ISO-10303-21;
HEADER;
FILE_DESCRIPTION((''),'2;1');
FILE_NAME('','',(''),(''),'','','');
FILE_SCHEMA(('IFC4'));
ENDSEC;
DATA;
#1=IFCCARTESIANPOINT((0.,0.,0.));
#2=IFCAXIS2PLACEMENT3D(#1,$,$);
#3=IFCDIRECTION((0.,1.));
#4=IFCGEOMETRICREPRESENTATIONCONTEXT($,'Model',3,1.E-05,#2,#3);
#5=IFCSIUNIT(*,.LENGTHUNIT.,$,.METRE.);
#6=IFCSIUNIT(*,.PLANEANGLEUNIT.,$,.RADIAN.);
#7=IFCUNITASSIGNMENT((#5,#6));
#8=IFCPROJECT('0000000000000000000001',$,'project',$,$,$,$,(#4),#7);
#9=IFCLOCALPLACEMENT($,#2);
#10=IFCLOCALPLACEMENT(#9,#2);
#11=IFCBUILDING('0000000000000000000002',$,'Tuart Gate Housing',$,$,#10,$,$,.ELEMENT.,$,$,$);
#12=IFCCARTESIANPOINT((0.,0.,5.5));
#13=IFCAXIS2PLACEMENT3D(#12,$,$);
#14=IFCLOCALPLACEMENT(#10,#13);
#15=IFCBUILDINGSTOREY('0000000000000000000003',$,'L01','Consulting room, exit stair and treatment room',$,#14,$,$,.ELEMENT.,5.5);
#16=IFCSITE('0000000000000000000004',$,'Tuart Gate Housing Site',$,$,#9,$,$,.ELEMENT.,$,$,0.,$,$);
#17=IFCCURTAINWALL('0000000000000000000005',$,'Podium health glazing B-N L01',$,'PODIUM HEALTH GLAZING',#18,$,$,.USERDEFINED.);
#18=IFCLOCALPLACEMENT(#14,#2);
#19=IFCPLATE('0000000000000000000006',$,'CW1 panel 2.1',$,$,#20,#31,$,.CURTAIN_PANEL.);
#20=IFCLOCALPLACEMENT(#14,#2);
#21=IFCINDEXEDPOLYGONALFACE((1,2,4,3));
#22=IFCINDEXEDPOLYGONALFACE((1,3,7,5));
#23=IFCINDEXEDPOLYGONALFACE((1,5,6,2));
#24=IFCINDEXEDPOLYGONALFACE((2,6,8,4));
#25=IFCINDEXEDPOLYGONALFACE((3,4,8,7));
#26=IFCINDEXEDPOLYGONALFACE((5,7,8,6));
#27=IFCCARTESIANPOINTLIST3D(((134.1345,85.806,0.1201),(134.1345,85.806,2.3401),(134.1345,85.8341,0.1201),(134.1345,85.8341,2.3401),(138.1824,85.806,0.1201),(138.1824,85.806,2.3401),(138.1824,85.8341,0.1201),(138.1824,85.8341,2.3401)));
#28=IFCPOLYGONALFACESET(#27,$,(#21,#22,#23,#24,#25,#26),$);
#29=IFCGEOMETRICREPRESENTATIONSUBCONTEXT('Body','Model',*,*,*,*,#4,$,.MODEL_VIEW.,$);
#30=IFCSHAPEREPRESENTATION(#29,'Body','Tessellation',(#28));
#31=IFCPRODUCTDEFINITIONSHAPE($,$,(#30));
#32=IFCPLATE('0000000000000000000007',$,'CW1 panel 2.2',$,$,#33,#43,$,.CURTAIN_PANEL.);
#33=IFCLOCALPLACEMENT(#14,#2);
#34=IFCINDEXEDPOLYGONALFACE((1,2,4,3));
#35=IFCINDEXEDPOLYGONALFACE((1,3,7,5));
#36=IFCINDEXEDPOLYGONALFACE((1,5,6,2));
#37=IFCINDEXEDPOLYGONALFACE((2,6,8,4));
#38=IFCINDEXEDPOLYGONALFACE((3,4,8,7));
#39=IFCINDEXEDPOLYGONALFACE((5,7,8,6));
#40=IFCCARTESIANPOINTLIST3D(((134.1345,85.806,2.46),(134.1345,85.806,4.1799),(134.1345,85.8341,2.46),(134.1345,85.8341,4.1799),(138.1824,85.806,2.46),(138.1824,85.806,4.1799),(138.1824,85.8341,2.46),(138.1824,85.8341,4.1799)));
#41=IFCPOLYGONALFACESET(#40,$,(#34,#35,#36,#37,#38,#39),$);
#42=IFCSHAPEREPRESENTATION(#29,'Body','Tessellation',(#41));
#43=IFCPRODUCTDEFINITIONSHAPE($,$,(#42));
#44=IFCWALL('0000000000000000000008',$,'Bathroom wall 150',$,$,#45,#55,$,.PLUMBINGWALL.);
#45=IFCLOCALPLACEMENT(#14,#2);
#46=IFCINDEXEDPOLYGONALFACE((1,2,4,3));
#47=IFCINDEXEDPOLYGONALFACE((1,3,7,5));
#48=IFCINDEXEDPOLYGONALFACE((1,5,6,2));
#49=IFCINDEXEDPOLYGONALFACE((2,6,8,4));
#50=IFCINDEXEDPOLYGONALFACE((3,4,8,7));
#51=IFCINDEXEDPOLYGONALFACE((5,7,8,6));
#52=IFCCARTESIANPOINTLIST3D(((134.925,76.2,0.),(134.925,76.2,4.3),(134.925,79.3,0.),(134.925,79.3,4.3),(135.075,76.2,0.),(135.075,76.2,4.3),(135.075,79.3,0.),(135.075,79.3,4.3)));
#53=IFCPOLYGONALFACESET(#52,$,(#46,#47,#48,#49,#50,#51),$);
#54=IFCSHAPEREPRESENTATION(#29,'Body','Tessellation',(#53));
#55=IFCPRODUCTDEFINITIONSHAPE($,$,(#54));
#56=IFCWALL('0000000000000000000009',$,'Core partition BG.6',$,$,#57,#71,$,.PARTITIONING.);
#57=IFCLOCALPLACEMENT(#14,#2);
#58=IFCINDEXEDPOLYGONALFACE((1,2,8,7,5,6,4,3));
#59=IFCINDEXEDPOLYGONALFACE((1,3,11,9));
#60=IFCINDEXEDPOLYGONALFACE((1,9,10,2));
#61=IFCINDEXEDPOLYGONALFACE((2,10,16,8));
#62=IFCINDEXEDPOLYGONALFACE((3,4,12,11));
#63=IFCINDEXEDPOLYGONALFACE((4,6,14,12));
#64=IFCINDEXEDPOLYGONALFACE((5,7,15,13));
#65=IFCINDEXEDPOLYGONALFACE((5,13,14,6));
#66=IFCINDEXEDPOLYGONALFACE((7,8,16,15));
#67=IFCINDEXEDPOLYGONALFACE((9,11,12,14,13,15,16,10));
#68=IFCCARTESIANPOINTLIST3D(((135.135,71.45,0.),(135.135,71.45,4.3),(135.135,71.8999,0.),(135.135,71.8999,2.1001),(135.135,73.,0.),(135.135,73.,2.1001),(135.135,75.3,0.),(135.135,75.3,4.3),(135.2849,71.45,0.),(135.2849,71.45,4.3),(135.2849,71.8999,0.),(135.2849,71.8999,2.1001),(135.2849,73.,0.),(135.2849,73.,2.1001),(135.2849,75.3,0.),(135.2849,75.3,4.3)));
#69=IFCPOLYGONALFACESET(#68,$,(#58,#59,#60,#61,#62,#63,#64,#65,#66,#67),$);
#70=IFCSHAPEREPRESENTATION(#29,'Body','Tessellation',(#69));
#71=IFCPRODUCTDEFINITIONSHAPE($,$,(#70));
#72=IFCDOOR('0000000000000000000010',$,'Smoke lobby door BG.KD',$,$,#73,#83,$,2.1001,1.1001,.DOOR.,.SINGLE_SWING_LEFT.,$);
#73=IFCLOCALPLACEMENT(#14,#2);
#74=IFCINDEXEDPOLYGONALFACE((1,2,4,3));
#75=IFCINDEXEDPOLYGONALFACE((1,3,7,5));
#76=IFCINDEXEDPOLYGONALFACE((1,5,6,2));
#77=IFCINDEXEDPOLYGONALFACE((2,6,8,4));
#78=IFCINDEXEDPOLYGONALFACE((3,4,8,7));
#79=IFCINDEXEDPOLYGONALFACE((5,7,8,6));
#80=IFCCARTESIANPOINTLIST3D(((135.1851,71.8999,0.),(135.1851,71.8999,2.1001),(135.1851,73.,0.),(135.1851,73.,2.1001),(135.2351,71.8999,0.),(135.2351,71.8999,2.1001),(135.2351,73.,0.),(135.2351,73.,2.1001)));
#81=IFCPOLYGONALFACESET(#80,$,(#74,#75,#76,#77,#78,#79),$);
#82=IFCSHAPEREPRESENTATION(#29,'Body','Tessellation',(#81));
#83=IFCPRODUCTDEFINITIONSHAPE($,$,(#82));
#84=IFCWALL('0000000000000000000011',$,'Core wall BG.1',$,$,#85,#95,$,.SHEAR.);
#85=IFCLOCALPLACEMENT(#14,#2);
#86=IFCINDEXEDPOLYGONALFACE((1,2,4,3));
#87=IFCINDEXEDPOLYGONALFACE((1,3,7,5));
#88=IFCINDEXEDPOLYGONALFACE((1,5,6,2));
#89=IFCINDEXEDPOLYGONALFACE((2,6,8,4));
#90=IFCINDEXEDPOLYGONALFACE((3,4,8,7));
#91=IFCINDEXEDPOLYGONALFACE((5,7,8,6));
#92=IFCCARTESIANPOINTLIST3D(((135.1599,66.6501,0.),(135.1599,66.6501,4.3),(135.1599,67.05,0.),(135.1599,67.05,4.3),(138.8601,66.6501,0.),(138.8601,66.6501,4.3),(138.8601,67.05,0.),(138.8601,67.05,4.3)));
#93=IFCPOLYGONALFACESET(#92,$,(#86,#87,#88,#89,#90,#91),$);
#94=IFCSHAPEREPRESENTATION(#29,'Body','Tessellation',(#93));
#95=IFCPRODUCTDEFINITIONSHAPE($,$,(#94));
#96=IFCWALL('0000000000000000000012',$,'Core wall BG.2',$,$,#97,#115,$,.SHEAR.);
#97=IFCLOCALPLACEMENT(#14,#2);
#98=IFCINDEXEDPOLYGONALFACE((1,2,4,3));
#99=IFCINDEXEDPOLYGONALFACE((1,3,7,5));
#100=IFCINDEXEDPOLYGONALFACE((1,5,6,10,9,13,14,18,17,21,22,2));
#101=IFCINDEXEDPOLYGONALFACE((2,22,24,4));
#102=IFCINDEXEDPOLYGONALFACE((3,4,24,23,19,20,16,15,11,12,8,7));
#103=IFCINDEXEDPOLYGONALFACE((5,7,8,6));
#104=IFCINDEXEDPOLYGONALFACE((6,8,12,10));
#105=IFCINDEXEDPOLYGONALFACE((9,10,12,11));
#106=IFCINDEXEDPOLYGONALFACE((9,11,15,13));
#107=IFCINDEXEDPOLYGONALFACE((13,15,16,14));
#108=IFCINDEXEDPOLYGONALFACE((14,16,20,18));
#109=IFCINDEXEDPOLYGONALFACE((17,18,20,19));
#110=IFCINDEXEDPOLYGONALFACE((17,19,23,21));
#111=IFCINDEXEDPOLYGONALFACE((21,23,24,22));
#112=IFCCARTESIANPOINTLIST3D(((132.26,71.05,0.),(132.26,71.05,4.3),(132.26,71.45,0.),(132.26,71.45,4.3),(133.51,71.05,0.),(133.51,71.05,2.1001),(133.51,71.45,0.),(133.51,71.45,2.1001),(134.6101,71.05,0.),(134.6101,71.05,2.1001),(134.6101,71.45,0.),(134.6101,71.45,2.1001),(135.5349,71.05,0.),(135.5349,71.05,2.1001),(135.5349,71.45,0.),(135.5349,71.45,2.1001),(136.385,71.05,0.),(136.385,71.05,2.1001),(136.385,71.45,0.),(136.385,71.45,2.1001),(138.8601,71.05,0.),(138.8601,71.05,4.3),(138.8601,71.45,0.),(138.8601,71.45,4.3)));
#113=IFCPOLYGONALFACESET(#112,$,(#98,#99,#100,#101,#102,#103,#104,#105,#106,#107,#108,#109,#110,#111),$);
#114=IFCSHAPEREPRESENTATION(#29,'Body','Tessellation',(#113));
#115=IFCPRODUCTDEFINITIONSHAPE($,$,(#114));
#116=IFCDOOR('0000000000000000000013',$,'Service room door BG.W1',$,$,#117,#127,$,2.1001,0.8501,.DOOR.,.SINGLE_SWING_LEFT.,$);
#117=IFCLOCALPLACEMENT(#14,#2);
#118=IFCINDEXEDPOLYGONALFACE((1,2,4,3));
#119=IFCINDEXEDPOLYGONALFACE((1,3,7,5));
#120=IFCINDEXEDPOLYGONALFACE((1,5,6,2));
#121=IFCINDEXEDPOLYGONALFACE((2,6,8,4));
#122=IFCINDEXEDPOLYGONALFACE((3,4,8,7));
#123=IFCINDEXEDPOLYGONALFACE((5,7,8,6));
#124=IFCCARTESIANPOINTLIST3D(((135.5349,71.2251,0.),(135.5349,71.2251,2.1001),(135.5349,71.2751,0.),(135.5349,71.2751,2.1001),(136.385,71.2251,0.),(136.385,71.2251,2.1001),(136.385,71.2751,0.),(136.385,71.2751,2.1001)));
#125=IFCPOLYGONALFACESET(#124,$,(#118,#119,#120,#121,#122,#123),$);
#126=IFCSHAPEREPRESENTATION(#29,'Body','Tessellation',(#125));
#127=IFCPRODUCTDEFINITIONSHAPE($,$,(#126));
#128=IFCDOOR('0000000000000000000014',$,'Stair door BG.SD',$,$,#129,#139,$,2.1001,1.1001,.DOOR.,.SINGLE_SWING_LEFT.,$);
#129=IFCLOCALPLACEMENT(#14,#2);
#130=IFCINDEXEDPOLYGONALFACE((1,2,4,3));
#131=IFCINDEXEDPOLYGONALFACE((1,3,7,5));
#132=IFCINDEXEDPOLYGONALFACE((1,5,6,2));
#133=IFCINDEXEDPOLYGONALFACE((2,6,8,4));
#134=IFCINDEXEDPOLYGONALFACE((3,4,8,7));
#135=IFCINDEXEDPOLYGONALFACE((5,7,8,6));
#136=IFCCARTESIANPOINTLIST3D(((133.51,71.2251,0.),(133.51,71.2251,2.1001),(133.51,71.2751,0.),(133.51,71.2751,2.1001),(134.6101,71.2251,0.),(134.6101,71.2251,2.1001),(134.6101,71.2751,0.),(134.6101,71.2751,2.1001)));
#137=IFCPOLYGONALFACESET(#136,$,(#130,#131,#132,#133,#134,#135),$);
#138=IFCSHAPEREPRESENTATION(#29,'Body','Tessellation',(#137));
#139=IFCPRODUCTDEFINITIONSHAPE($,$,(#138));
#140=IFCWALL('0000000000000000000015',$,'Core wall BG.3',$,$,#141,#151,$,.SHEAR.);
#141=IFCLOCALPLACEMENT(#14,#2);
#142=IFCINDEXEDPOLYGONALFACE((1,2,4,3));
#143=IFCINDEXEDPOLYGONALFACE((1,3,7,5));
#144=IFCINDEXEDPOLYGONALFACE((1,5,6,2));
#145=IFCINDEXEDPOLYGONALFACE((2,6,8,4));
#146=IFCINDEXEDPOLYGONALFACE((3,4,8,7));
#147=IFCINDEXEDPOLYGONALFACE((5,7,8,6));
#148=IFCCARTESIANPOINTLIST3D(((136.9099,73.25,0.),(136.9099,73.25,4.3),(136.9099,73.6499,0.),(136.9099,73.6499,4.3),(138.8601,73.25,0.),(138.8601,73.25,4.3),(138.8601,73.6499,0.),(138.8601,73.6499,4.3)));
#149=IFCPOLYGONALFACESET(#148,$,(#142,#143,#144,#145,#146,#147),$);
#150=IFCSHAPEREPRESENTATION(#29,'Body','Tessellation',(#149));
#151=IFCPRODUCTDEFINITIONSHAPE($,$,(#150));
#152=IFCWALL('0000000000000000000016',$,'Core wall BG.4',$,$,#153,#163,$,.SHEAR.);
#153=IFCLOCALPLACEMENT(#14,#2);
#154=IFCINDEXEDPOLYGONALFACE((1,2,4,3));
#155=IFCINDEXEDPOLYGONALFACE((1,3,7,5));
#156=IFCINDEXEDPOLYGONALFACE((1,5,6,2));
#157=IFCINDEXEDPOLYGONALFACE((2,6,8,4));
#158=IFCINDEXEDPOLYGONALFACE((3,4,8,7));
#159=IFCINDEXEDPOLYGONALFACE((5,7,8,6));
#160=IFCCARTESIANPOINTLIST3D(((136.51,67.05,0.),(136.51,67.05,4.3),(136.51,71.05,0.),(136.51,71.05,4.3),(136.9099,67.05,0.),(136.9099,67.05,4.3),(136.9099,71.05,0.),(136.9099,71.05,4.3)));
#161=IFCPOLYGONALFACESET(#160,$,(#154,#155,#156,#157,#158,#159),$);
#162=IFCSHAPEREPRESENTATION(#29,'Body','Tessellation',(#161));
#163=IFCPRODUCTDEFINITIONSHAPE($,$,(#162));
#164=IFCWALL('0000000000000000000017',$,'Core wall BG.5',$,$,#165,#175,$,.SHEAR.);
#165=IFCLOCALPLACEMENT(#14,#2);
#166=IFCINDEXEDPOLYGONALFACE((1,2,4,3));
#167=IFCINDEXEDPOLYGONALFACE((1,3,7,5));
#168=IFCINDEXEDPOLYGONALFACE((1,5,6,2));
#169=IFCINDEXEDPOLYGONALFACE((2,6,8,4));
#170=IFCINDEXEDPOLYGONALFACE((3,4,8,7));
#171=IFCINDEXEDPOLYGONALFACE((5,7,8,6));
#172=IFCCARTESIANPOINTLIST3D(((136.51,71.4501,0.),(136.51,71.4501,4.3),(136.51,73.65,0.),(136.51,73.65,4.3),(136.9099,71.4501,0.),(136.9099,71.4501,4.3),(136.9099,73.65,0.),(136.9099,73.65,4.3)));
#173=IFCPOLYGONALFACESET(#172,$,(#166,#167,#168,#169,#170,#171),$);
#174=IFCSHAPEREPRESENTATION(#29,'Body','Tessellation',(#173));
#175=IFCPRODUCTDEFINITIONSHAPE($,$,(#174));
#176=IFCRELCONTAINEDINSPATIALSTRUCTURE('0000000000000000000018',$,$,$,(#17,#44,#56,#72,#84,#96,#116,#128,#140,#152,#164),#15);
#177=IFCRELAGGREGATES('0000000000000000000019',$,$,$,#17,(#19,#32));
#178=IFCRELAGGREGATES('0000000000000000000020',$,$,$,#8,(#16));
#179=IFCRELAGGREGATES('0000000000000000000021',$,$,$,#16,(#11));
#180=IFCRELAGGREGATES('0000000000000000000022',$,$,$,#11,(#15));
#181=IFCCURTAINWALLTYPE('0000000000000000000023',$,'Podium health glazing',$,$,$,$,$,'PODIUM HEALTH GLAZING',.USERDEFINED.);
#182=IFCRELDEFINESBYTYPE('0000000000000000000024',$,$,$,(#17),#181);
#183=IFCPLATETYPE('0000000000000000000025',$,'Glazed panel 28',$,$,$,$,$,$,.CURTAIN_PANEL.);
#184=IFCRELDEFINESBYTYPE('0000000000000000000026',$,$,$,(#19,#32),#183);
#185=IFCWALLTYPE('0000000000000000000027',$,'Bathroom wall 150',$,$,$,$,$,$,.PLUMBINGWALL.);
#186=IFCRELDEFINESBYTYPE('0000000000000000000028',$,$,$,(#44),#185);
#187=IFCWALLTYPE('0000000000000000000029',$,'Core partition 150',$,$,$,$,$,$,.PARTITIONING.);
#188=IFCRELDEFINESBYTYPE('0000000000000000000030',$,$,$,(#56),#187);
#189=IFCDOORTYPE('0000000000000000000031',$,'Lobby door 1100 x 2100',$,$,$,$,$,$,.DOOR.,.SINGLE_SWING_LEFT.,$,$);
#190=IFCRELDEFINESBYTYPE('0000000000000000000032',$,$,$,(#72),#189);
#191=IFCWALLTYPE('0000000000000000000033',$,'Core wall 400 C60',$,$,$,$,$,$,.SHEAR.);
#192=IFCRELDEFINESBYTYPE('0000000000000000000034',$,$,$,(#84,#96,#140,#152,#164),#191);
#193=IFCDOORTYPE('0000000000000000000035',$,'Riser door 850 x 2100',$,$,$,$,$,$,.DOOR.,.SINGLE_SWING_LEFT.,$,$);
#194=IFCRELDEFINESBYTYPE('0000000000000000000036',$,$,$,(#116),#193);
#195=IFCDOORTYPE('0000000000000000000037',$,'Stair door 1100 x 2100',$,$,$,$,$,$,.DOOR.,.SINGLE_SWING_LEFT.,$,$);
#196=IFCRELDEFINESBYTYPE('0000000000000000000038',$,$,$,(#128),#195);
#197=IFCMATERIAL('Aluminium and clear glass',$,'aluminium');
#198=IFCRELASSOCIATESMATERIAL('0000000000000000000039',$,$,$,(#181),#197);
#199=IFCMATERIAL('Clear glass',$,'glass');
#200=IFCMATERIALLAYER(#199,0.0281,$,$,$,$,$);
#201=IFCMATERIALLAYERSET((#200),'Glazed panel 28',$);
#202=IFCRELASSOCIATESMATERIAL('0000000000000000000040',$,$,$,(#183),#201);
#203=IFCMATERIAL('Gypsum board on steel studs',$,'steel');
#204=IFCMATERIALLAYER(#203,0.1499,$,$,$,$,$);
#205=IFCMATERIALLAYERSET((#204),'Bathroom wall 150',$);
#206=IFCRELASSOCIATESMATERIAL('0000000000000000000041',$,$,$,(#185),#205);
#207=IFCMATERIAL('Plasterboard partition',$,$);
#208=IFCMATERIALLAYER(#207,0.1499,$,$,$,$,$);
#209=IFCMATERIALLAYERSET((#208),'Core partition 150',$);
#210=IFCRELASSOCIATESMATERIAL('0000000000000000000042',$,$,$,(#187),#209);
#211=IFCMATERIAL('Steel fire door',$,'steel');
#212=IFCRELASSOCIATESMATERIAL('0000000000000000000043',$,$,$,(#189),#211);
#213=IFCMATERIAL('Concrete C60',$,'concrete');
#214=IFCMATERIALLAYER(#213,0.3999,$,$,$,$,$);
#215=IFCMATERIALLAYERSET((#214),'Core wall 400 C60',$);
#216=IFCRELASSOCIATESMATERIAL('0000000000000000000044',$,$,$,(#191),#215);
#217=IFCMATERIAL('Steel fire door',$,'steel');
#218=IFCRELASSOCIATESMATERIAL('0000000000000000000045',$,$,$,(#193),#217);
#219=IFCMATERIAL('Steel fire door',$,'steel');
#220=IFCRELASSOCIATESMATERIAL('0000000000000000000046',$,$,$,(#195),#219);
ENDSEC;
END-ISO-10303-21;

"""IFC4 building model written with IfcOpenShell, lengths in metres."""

from ifc_helpers import new_model, si_unit, direction, frame, frame_2d, origin, origin_2d, place, context, subcontext, project, spatial, rectangle, extrude, material, layer, layer_set, type_object, element, fill, aggregate, save


model = new_model("IFC4")

# Units and contexts
model_context = context("Model", 3, precision=1e-05, world=origin(), true_north=direction((0.0, 1.0)))
body_context = subcontext(model_context, "Body", "Model", "MODEL_VIEW")
ifc_project = project(units=[si_unit("LENGTHUNIT", "METRE"), si_unit("PLANEANGLEUNIT", "RADIAN")], contexts=[model_context])

# Site, building, storey
site_placement = place(None, origin())
site = spatial("IfcSite", under=ifc_project, at=site_placement, Name="Tuart Gate Housing Site", CompositionType="ELEMENT", RefElevation=0.0)
building_placement = place(site_placement, origin())
building = spatial("IfcBuilding", under=site, at=building_placement, Name="Tuart Gate Housing", CompositionType="ELEMENT")
storey_placement = place(building_placement, frame((0.0, 0.0, 5.5)))
storey = spatial("IfcBuildingStorey", under=building, at=storey_placement, Name="L01", Description="Consulting room, exit stair and treatment room", CompositionType="ELEMENT", Elevation=5.5)

# Curtain wall
ifc_material_1 = material(Name="Aluminium and clear glass", Category="aluminium")
curtain_wall_type = type_object("IfcCurtainWallType", Name="Podium health glazing", ElementType="PODIUM HEALTH GLAZING", PredefinedType="USERDEFINED", material=ifc_material_1)
curtain_wall_placement = place(storey_placement, origin())
curtain_wall = element("IfcCurtainWall", 1, at=curtain_wall_placement, inside=storey, type_object=curtain_wall_type, Name="Podium health glazing B-N L01", ObjectType="PODIUM HEALTH GLAZING", PredefinedType="USERDEFINED")

# Plates
ifc_material_2 = material(Name="Clear glass", Category="glass")
ifc_layer_1 = layer(ifc_material_2, 0.0281)
ifc_layer_set_1 = layer_set([ifc_layer_1], Name="Glazed panel 28")
plate_type = type_object("IfcPlateType", Name="Glazed panel 28", PredefinedType="CURTAIN_PANEL", material=ifc_layer_set_1)
plate_1_placement = place(storey_placement, frame((136.1584, 85.8201, 0.1201), z_axis=(0.0, 0.0, 1.0), x_axis=(-1.0, 0.0, 0.0)))
plate_1 = element("IfcPlate", 2, at=plate_1_placement, type_object=plate_type, Name="CW1 panel 2.1", PredefinedType="CURTAIN_PANEL", context=body_context, shape_type="SweptSolid", body=[
    extrude(rectangle(XDim=4.0479, YDim=0.0281, at=origin_2d()), origin(), (0.0, 0.0, 1.0), 2.22),
])
plate_2_placement = place(storey_placement, frame((136.1584, 85.8201, 2.46), z_axis=(0.0, 0.0, 1.0), x_axis=(-1.0, 0.0, 0.0)))
plate_2 = element("IfcPlate", 3, at=plate_2_placement, type_object=plate_type, Name="CW1 panel 2.2", PredefinedType="CURTAIN_PANEL", context=body_context, shape_type="SweptSolid", body=[
    extrude(rectangle(XDim=4.0479, YDim=0.0281, at=origin_2d()), origin(), (0.0, 0.0, 1.0), 1.72),
])
aggregate(curtain_wall, [plate_1, plate_2])

# Wall
ifc_material_3 = material(Name="Gypsum board on steel studs", Category="steel")
ifc_layer_2 = layer(ifc_material_3, 0.1499)
ifc_layer_set_2 = layer_set([ifc_layer_2], Name="Bathroom wall 150")
wall_type_1 = type_object("IfcWallType", Name="Bathroom wall 150", PredefinedType="PLUMBINGWALL", material=ifc_layer_set_2)
wall_1_placement = place(storey_placement, frame((135.0, 76.2, 0.0), z_axis=(0.0, 0.0, 1.0), x_axis=(0.0, 1.0, 0.0)))
element("IfcWall", 4, at=wall_1_placement, inside=storey, type_object=wall_type_1, Name="Bathroom wall 150", PredefinedType="PLUMBINGWALL", context=body_context, shape_type="SweptSolid", body=[
    extrude(rectangle(XDim=3.1001, YDim=0.1499, at=frame_2d((1.55, 0.0))), origin(), (0.0, 0.0, 1.0), 4.3),
])

# Wall, opening, door
ifc_material_4 = material(Name="Plasterboard partition")
ifc_layer_3 = layer(ifc_material_4, 0.1499)
ifc_layer_set_3 = layer_set([ifc_layer_3], Name="Core partition 150")
wall_type_2 = type_object("IfcWallType", Name="Core partition 150", PredefinedType="PARTITIONING", material=ifc_layer_set_3)
wall_2_placement = place(storey_placement, frame((135.21, 71.45, 0.0), z_axis=(0.0, 0.0, 1.0), x_axis=(0.0, 1.0, 0.0)))
wall_2 = element("IfcWall", 5, at=wall_2_placement, inside=storey, type_object=wall_type_2, Name="Core partition BG.6", PredefinedType="PARTITIONING", context=body_context, shape_type="SweptSolid", body=[
    extrude(rectangle(XDim=3.8501, YDim=0.1499, at=frame_2d((1.925, 0.0))), origin(), (0.0, 0.0, 1.0), 4.3),
])
opening_1_placement = place(wall_2_placement, frame((0.45, 0.0, 0.0)))
opening_1 = element("IfcOpeningElement", 6, at=opening_1_placement, cuts=wall_2, PredefinedType="OPENING", context=body_context, shape_type="SweptSolid", body=[
    extrude(rectangle(XDim=1.1001, YDim=2.1001, at=frame_2d((0.55, 1.05))), frame((0.0, 0.085, 0.0), z_axis=(0.0, -1.0, 0.0), x_axis=(1.0, 0.0, 0.0)), (0.0, 0.0, 1.0), 0.1699),
])
ifc_material_5 = material(Name="Steel fire door", Category="steel")
door_type_1 = type_object("IfcDoorType", Name="Lobby door 1100 x 2100", OperationType="SINGLE_SWING_LEFT", PredefinedType="DOOR", material=ifc_material_5)
door_1_placement = place(opening_1_placement, origin())
door_1 = element("IfcDoor", 7, at=door_1_placement, inside=storey, type_object=door_type_1, Name="Smoke lobby door BG.KD", OperationType="SINGLE_SWING_LEFT", OverallHeight=2.1001, OverallWidth=1.1001, PredefinedType="DOOR", context=body_context, shape_type="SweptSolid", body=[
    extrude(rectangle(XDim=1.1001, YDim=2.1001, at=frame_2d((0.55, 1.05))), frame((0.0, 0.0249, 0.0), z_axis=(0.0, -1.0, 0.0), x_axis=(1.0, 0.0, 0.0)), (0.0, 0.0, 1.0), 0.05),
])
fill(opening_1, door_1)

# Wall
ifc_material_6 = material(Name="Concrete C60", Category="concrete")
ifc_layer_4 = layer(ifc_material_6, 0.3999)
ifc_layer_set_4 = layer_set([ifc_layer_4], Name="Core wall 400 C60")
wall_type_3 = type_object("IfcWallType", Name="Core wall 400 C60", PredefinedType="SHEAR", material=ifc_layer_set_4)
wall_3_placement = place(storey_placement, frame((138.8601, 66.8501, 0.0), z_axis=(0.0, 0.0, 1.0), x_axis=(-1.0, 0.0, 0.0)))
element("IfcWall", 8, at=wall_3_placement, inside=storey, type_object=wall_type_3, Name="Core wall BG.1", PredefinedType="SHEAR", context=body_context, shape_type="SweptSolid", body=[
    extrude(rectangle(XDim=3.7002, YDim=0.3999, at=frame_2d((1.8501, 0.0))), origin(), (0.0, 0.0, 1.0), 4.3),
])

# Wall, openings, doors
wall_4_placement = place(storey_placement, frame((138.8601, 71.25, 0.0), z_axis=(0.0, 0.0, 1.0), x_axis=(-1.0, 0.0, 0.0)))
wall_4 = element("IfcWall", 9, at=wall_4_placement, inside=storey, type_object=wall_type_3, Name="Core wall BG.2", PredefinedType="SHEAR", context=body_context, shape_type="SweptSolid", body=[
    extrude(rectangle(XDim=6.6001, YDim=0.3999, at=frame_2d((3.3, 0.0))), origin(), (0.0, 0.0, 1.0), 4.3),
])
opening_2_placement = place(wall_4_placement, frame((4.25, 0.0, 0.0)))
opening_2 = element("IfcOpeningElement", 10, at=opening_2_placement, cuts=wall_4, PredefinedType="OPENING", context=body_context, shape_type="SweptSolid", body=[
    extrude(rectangle(XDim=1.1001, YDim=2.1001, at=frame_2d((0.55, 1.05))), frame((0.0, 0.21, 0.0), z_axis=(0.0, -1.0, 0.0), x_axis=(1.0, 0.0, 0.0)), (0.0, 0.0, 1.0), 0.4199),
])
opening_3_placement = place(wall_4_placement, frame((2.4751, 0.0, 0.0)))
opening_3 = element("IfcOpeningElement", 11, at=opening_3_placement, cuts=wall_4, PredefinedType="OPENING", context=body_context, shape_type="SweptSolid", body=[
    extrude(rectangle(XDim=0.8501, YDim=2.1001, at=frame_2d((0.425, 1.05))), frame((0.0, 0.21, 0.0), z_axis=(0.0, -1.0, 0.0), x_axis=(1.0, 0.0, 0.0)), (0.0, 0.0, 1.0), 0.4199),
])
ifc_material_7 = material(Name="Steel fire door", Category="steel")
door_type_2 = type_object("IfcDoorType", Name="Riser door 850 x 2100", OperationType="SINGLE_SWING_LEFT", PredefinedType="DOOR", material=ifc_material_7)
door_2_placement = place(opening_3_placement, origin())
door_2 = element("IfcDoor", 12, at=door_2_placement, inside=storey, type_object=door_type_2, Name="Service room door BG.W1", OperationType="SINGLE_SWING_LEFT", OverallHeight=2.1001, OverallWidth=0.8501, PredefinedType="DOOR", context=body_context, shape_type="SweptSolid", body=[
    extrude(rectangle(XDim=0.8501, YDim=2.1001, at=frame_2d((0.425, 1.05))), frame((0.0, 0.0249, 0.0), z_axis=(0.0, -1.0, 0.0), x_axis=(1.0, 0.0, 0.0)), (0.0, 0.0, 1.0), 0.05),
])
fill(opening_3, door_2)
ifc_material_8 = material(Name="Steel fire door", Category="steel")
door_type_3 = type_object("IfcDoorType", Name="Stair door 1100 x 2100", OperationType="SINGLE_SWING_LEFT", PredefinedType="DOOR", material=ifc_material_8)
door_3_placement = place(opening_2_placement, origin())
door_3 = element("IfcDoor", 13, at=door_3_placement, inside=storey, type_object=door_type_3, Name="Stair door BG.SD", OperationType="SINGLE_SWING_LEFT", OverallHeight=2.1001, OverallWidth=1.1001, PredefinedType="DOOR", context=body_context, shape_type="SweptSolid", body=[
    extrude(rectangle(XDim=1.1001, YDim=2.1001, at=frame_2d((0.55, 1.05))), frame((0.0, 0.0249, 0.0), z_axis=(0.0, -1.0, 0.0), x_axis=(1.0, 0.0, 0.0)), (0.0, 0.0, 1.0), 0.05),
])
fill(opening_2, door_3)

# Walls
wall_5_placement = place(storey_placement, frame((138.8601, 73.45, 0.0), z_axis=(0.0, 0.0, 1.0), x_axis=(-1.0, 0.0, 0.0)))
element("IfcWall", 14, at=wall_5_placement, inside=storey, type_object=wall_type_3, Name="Core wall BG.3", PredefinedType="SHEAR", context=body_context, shape_type="SweptSolid", body=[
    extrude(rectangle(XDim=1.9502, YDim=0.3999, at=frame_2d((0.9751, 0.0))), origin(), (0.0, 0.0, 1.0), 4.3),
])
wall_6_placement = place(storey_placement, frame((136.71, 67.05, 0.0), z_axis=(0.0, 0.0, 1.0), x_axis=(0.0, 1.0, 0.0)))
element("IfcWall", 15, at=wall_6_placement, inside=storey, type_object=wall_type_3, Name="Core wall BG.4", PredefinedType="SHEAR", context=body_context, shape_type="SweptSolid", body=[
    extrude(rectangle(XDim=4.0, YDim=0.3999, at=frame_2d((2.0, 0.0))), origin(), (0.0, 0.0, 1.0), 4.3),
])
wall_7_placement = place(storey_placement, frame((136.71, 71.45, 0.0), z_axis=(0.0, 0.0, 1.0), x_axis=(0.0, 1.0, 0.0)))
element("IfcWall", 16, at=wall_7_placement, inside=storey, type_object=wall_type_3, Name="Core wall BG.5", PredefinedType="SHEAR", context=body_context, shape_type="SweptSolid", body=[
    extrude(rectangle(XDim=2.2, YDim=0.3999, at=frame_2d((1.1001, 0.0))), origin(), (0.0, 0.0, 1.0), 4.3),
])

save(model, "model.ifc")
